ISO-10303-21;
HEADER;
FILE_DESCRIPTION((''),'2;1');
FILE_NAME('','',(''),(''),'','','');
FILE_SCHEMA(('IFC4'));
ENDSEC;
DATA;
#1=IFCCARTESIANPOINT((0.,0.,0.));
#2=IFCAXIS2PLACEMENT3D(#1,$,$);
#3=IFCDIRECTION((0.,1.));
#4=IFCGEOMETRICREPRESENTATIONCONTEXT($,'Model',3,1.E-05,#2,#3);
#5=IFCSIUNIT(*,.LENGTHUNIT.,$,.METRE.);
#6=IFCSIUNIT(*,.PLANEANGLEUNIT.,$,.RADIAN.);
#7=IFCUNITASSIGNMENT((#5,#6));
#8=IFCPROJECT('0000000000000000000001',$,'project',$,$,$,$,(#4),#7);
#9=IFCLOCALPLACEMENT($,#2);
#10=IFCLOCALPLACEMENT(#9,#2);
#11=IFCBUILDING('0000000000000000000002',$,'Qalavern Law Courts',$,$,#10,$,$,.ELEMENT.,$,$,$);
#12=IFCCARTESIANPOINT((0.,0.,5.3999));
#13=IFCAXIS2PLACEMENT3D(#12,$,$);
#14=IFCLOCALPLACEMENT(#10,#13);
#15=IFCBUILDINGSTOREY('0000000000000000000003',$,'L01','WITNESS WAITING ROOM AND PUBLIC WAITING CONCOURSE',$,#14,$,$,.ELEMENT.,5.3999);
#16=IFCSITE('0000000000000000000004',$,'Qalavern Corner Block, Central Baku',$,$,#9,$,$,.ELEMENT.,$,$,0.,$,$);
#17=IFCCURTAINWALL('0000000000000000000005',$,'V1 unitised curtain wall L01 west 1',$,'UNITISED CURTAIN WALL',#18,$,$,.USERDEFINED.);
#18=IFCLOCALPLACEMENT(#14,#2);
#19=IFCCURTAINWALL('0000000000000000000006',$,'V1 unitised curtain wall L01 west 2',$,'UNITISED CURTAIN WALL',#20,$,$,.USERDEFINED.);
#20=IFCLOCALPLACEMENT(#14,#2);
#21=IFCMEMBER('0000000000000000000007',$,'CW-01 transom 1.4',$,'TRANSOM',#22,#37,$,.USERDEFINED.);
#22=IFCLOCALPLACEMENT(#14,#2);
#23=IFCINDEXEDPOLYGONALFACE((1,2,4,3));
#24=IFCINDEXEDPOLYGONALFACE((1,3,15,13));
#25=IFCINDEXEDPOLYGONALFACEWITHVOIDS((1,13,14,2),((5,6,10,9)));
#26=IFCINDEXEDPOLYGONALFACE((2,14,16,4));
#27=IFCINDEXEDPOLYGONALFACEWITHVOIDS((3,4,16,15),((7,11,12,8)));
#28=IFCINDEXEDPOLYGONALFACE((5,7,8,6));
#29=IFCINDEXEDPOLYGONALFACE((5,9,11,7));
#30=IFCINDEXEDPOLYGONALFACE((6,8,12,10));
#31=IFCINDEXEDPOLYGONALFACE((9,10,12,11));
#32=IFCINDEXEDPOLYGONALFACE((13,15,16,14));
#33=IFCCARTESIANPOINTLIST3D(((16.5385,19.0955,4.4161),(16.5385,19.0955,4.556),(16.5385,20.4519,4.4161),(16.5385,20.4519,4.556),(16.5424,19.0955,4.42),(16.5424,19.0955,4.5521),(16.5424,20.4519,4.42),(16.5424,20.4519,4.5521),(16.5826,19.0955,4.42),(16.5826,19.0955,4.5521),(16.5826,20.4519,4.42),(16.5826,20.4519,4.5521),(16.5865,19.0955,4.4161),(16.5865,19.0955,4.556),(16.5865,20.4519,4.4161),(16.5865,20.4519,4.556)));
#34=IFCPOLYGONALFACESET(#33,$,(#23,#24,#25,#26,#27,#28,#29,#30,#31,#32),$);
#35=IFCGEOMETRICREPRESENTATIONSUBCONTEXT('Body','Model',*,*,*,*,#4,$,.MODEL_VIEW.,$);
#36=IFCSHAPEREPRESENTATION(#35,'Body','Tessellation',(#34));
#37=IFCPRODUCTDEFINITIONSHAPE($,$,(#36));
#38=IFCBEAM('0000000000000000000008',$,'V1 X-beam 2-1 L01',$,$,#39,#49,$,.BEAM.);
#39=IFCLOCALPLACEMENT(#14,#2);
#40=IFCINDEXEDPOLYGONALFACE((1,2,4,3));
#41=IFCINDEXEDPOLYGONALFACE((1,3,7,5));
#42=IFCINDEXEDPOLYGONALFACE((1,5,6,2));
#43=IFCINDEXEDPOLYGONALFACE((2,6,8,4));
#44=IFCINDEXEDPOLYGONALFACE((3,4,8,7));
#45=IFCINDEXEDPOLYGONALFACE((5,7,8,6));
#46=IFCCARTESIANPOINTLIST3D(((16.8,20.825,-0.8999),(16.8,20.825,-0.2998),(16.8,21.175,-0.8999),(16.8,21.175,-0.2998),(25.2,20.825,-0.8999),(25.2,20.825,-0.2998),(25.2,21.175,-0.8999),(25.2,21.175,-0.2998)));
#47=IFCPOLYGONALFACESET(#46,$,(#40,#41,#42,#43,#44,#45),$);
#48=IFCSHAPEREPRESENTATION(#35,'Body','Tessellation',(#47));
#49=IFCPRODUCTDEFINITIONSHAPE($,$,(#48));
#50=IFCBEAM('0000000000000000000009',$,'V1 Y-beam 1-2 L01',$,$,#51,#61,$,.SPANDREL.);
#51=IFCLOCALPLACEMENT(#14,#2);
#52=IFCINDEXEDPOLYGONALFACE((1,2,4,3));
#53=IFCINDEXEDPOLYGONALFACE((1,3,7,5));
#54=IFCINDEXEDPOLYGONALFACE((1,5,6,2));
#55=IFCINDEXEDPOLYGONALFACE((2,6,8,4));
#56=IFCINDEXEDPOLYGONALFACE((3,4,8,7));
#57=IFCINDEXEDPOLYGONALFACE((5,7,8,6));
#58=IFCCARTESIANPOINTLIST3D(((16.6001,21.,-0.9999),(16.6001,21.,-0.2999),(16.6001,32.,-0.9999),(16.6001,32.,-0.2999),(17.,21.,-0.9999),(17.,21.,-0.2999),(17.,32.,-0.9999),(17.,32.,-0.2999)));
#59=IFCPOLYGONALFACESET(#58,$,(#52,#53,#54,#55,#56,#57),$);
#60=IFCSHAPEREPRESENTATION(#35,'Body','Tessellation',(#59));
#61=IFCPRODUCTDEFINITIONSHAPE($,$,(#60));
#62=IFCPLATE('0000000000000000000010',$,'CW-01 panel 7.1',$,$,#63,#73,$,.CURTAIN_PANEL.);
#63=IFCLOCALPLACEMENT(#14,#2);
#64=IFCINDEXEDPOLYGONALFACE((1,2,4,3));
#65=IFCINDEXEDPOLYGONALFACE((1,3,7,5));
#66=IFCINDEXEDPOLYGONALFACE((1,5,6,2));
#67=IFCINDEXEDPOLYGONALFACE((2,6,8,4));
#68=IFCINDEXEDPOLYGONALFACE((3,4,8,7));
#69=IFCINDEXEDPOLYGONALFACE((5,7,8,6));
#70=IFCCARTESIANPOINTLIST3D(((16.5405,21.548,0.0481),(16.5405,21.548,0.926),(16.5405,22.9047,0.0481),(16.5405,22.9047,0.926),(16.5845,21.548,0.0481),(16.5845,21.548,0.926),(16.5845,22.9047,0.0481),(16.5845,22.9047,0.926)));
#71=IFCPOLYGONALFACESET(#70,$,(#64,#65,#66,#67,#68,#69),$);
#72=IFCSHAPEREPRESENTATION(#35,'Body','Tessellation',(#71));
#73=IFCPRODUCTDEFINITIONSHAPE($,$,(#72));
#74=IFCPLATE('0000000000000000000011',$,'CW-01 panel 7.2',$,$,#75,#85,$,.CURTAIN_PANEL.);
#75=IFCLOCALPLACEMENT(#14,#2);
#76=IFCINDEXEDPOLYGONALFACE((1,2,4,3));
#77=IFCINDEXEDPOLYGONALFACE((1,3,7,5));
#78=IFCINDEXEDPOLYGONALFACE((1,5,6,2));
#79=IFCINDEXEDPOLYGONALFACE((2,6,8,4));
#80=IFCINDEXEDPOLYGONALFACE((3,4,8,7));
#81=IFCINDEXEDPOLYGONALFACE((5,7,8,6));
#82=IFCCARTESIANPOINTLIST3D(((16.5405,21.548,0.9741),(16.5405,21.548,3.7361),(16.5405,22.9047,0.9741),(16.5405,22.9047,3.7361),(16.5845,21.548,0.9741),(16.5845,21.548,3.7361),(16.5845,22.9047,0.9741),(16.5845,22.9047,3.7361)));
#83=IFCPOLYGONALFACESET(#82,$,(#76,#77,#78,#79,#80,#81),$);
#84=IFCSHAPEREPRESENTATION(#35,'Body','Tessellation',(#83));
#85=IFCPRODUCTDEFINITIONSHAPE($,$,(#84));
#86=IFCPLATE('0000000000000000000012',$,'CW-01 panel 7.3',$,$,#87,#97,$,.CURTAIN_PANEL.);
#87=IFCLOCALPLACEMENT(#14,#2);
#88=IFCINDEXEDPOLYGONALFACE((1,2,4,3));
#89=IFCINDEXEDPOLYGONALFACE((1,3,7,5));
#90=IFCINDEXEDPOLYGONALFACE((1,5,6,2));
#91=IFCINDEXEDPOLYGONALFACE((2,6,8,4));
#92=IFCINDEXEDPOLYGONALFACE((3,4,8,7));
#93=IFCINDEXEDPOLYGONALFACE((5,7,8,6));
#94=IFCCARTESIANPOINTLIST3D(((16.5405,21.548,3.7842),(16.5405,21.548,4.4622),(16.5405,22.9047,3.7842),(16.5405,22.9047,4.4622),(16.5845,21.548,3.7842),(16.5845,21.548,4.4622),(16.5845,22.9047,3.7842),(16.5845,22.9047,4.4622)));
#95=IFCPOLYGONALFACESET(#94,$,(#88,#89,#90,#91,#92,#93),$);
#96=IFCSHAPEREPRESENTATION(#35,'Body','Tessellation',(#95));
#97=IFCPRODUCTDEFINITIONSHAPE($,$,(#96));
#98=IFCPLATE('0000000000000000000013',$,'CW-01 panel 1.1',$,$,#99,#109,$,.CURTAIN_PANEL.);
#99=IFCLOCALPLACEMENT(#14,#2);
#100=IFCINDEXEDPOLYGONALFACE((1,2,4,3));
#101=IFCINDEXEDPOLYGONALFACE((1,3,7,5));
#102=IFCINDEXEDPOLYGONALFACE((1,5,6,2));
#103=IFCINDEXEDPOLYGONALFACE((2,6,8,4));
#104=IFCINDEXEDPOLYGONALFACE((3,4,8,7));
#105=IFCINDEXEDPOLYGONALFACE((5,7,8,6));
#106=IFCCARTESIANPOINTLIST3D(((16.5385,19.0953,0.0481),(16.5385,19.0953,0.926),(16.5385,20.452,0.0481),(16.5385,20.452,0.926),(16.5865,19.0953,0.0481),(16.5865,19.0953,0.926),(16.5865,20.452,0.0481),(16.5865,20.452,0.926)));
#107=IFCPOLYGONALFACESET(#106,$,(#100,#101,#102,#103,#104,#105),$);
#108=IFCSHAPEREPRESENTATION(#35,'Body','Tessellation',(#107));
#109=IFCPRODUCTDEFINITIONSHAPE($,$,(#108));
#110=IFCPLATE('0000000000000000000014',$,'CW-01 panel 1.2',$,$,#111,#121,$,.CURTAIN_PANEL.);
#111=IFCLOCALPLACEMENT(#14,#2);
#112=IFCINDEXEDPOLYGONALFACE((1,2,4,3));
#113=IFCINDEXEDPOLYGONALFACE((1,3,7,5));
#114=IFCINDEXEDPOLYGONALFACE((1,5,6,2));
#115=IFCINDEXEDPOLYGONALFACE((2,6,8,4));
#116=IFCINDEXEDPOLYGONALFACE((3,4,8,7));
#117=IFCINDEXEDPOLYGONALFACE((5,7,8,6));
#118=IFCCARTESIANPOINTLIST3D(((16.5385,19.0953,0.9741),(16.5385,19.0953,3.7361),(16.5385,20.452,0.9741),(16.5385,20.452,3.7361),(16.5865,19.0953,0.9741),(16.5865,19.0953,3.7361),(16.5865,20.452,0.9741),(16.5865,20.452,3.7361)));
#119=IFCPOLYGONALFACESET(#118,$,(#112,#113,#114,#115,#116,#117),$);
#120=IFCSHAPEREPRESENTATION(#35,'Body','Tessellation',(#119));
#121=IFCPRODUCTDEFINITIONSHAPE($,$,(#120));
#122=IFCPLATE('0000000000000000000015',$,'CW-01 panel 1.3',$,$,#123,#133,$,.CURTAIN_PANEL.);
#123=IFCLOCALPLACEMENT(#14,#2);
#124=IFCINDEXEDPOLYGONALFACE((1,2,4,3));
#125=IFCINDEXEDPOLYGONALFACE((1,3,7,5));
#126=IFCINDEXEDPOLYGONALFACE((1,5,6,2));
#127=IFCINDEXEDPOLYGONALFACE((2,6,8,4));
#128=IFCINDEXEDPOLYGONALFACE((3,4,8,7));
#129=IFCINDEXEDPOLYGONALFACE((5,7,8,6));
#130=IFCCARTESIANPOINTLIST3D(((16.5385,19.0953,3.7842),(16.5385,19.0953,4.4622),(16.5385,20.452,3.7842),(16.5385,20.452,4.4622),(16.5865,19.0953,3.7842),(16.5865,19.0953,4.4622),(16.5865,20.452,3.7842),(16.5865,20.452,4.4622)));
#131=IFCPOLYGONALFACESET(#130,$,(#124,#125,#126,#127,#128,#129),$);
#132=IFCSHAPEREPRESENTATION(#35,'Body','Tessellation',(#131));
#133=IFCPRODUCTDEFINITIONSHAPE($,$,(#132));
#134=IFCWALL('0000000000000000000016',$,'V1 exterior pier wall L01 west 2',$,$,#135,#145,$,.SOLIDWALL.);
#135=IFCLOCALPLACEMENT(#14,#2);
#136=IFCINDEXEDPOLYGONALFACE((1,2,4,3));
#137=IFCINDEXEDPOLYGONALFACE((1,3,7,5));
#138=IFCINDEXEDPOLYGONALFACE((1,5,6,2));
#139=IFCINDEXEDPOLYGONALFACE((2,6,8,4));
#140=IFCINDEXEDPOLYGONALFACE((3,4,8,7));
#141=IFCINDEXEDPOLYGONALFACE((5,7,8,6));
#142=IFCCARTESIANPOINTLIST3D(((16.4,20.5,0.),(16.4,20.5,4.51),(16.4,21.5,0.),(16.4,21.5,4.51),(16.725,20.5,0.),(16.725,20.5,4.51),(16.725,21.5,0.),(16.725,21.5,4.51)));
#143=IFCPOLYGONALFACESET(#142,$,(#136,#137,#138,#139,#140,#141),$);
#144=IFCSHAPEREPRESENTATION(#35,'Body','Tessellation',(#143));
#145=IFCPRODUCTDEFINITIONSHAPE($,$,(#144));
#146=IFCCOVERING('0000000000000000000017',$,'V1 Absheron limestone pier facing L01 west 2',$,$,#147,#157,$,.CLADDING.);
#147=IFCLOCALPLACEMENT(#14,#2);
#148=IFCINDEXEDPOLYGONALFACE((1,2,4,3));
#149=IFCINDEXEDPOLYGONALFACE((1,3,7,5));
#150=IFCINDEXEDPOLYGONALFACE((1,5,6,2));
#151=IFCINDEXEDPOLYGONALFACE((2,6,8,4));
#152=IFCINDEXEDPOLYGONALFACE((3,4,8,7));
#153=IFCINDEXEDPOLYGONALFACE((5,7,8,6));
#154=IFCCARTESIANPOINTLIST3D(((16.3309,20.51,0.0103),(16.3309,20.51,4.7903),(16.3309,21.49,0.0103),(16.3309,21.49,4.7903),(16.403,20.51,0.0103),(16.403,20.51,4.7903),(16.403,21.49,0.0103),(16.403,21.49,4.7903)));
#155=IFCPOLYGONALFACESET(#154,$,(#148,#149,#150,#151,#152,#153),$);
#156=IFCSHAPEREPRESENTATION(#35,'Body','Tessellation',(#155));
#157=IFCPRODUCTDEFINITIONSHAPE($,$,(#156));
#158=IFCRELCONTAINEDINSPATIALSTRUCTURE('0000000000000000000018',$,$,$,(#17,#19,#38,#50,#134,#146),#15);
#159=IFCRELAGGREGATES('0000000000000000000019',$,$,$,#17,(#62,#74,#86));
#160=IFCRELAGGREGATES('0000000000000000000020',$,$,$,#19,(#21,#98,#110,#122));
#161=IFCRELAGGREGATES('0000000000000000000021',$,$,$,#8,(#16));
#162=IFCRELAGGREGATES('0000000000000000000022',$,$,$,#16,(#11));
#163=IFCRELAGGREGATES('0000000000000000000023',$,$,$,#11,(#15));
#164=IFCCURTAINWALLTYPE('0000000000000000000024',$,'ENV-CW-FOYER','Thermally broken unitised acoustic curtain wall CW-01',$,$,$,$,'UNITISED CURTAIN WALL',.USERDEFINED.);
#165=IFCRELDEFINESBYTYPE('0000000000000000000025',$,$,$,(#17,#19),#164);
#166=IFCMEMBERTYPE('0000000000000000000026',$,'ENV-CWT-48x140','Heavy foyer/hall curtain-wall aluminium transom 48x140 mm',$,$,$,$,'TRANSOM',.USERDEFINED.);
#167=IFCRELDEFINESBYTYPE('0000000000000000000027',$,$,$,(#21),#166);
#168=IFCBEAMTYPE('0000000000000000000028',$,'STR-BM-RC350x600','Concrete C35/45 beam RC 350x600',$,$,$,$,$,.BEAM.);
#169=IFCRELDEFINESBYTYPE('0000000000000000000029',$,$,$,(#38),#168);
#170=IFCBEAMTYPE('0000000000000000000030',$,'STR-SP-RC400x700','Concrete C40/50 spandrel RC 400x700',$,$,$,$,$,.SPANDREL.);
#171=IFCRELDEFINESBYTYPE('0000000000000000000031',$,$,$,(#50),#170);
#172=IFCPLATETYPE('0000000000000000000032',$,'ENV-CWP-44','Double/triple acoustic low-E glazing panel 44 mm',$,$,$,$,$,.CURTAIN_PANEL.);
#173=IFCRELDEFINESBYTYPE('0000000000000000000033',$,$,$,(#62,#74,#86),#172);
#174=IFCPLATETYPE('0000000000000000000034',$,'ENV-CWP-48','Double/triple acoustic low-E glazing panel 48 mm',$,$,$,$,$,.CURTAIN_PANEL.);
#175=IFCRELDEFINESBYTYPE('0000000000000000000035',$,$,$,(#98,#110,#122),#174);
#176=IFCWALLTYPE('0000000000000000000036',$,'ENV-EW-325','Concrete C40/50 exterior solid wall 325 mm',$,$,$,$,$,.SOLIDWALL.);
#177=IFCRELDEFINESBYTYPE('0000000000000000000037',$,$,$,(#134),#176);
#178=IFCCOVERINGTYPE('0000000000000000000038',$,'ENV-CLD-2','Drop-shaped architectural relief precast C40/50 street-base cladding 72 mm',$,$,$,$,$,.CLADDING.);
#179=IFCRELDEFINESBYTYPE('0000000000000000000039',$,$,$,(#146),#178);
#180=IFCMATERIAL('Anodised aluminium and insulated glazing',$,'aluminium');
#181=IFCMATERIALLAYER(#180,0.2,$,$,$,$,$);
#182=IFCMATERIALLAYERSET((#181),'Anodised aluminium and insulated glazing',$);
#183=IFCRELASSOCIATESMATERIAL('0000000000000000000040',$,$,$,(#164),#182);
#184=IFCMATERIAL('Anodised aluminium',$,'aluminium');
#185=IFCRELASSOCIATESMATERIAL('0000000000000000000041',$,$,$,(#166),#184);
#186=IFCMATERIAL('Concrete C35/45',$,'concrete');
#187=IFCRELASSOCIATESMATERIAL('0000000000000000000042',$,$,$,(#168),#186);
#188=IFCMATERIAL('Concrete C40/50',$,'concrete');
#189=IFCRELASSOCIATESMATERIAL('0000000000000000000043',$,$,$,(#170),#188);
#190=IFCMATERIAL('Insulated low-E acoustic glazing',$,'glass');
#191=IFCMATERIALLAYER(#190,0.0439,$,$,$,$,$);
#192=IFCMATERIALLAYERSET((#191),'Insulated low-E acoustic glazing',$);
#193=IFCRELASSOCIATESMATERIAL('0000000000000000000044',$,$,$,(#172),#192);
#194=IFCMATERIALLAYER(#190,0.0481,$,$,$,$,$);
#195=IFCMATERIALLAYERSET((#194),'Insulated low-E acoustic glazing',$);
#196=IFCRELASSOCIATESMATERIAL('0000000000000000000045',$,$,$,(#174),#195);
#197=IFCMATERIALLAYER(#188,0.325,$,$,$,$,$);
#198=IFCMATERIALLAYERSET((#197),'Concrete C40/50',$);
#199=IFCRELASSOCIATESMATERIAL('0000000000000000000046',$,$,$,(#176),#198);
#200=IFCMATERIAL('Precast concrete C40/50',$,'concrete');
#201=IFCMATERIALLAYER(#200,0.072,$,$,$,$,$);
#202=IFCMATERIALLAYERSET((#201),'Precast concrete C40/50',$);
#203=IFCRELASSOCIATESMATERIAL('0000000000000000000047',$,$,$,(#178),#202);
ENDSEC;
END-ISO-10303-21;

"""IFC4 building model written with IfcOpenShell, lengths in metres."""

from ifc_helpers import new_model, si_unit, direction, frame, frame_2d, origin, origin_2d, place, context, subcontext, project, spatial, rectangle, hollow_rectangle, extrude, material, layer, layer_set, material_profile, profile_set, type_object, element, aggregate, save


model = new_model("IFC4")

# Units and contexts
model_context = context("Model", 3, precision=1e-05, world=origin(), true_north=direction((0.0, 1.0)))
body_context = subcontext(model_context, "Body", "Model", "MODEL_VIEW")
ifc_project = project(units=[si_unit("LENGTHUNIT", "METRE"), si_unit("PLANEANGLEUNIT", "RADIAN")], contexts=[model_context])

# Site, building, storey
site_placement = place(None, origin())
site = spatial("IfcSite", under=ifc_project, at=site_placement, Name="Qalavern Corner Block, Central Baku", CompositionType="ELEMENT", RefElevation=0.0)
building_placement = place(site_placement, origin())
building = spatial("IfcBuilding", under=site, at=building_placement, Name="Qalavern Law Courts", CompositionType="ELEMENT")
storey_placement = place(building_placement, frame((0.0, 0.0, 5.3999)))
storey = spatial("IfcBuildingStorey", under=building, at=storey_placement, Name="L01", Description="WITNESS WAITING ROOM AND PUBLIC WAITING CONCOURSE", CompositionType="ELEMENT", Elevation=5.3999)

# Curtain wall
ifc_material_1 = material(Name="Anodised aluminium and insulated glazing", Category="aluminium")
ifc_layer_1 = layer(ifc_material_1, 0.2)
ifc_layer_set_1 = layer_set([ifc_layer_1], Name="Anodised aluminium and insulated glazing")
curtain_wall_type = type_object("IfcCurtainWallType", Name="ENV-CW-FOYER", Description="Thermally broken unitised acoustic curtain wall CW-01", ElementType="UNITISED CURTAIN WALL", PredefinedType="USERDEFINED", material=ifc_layer_set_1)
curtain_wall_1_placement = place(storey_placement, origin())
curtain_wall_1 = element("IfcCurtainWall", 1, at=curtain_wall_1_placement, inside=storey, type_object=curtain_wall_type, Name="V1 unitised curtain wall L01 west 1", ObjectType="UNITISED CURTAIN WALL", PredefinedType="USERDEFINED")
ifc_material_2 = material(Name="Anodised aluminium", Category="aluminium")

# Curtain wall
curtain_wall_2_placement = place(storey_placement, origin())
curtain_wall_2 = element("IfcCurtainWall", 2, at=curtain_wall_2_placement, inside=storey, type_object=curtain_wall_type, Name="V1 unitised curtain wall L01 west 2", ObjectType="UNITISED CURTAIN WALL", PredefinedType="USERDEFINED")

# Member
ifc_material_profile_1 = material_profile(ifc_material_2, hollow_rectangle(XDim=0.0481, YDim=0.1399, WallThickness=0.0039, at=origin_2d()), Name="ALU TRANSOM 48x140")
ifc_profile_set_1 = profile_set([ifc_material_profile_1], Name="Anodised aluminium")
member_type_1 = type_object("IfcMemberType", Name="ENV-CWT-48x140", Description="Heavy foyer/hall curtain-wall aluminium transom 48x140 mm", ElementType="TRANSOM", PredefinedType="USERDEFINED", material=ifc_profile_set_1)
member_1_placement = place(storey_placement, frame((16.5625, 20.4519, 4.4861), z_axis=(0.0, -1.0, 0.0), x_axis=(1.0, 0.0, 0.0)))
member_1 = element("IfcMember", 3, at=member_1_placement, type_object=member_type_1, Name="CW-01 transom 1.4", ObjectType="TRANSOM", PredefinedType="USERDEFINED", context=body_context, shape_type="SweptSolid", body=[
    extrude(hollow_rectangle(XDim=0.0481, YDim=0.1399, WallThickness=0.0039, at=origin_2d()), origin(), (0.0, 0.0, 1.0), 1.3564),
])

# Beams
ifc_material_3 = material(Name="Concrete C35/45", Category="concrete")
ifc_material_profile_2 = material_profile(ifc_material_3, rectangle(XDim=0.3501, YDim=0.6001, at=origin_2d()), Name="RC 350x600")
ifc_profile_set_2 = profile_set([ifc_material_profile_2], Name="Concrete C35/45")
beam_type_1 = type_object("IfcBeamType", Name="STR-BM-RC350x600", Description="Concrete C35/45 beam RC 350x600", PredefinedType="BEAM", material=ifc_profile_set_2)
beam_1_placement = place(storey_placement, frame((16.8, 21.0, -0.5999), z_axis=(1.0, 0.0, 0.0), x_axis=(0.0, 1.0, 0.0)))
element("IfcBeam", 4, at=beam_1_placement, inside=storey, type_object=beam_type_1, Name="V1 X-beam 2-1 L01", PredefinedType="BEAM", context=body_context, shape_type="SweptSolid", body=[
    extrude(rectangle(XDim=0.3501, YDim=0.6001, at=origin_2d()), origin(), (0.0, 0.0, 1.0), 8.3999),
])
ifc_material_4 = material(Name="Concrete C40/50", Category="concrete")
ifc_material_profile_3 = material_profile(ifc_material_4, rectangle(XDim=0.3999, YDim=0.7, at=origin_2d()), Name="RC 400x700")
ifc_profile_set_3 = profile_set([ifc_material_profile_3], Name="Concrete C40/50")
beam_type_2 = type_object("IfcBeamType", Name="STR-SP-RC400x700", Description="Concrete C40/50 spandrel RC 400x700", PredefinedType="SPANDREL", material=ifc_profile_set_3)
beam_2_placement = place(storey_placement, frame((16.8, 21.0, -0.6499), z_axis=(0.0, 1.0, 0.0), x_axis=(-1.0, 0.0, 0.0)))
element("IfcBeam", 5, at=beam_2_placement, inside=storey, type_object=beam_type_2, Name="V1 Y-beam 1-2 L01", PredefinedType="SPANDREL", context=body_context, shape_type="SweptSolid", body=[
    extrude(rectangle(XDim=0.3999, YDim=0.7, at=origin_2d()), origin(), (0.0, 0.0, 1.0), 11.0),
])

# Plates
ifc_material_5 = material(Name="Insulated low-E acoustic glazing", Category="glass")
ifc_layer_2 = layer(ifc_material_5, 0.0439)
ifc_layer_set_2 = layer_set([ifc_layer_2], Name="Insulated low-E acoustic glazing")
plate_type_1 = type_object("IfcPlateType", Name="ENV-CWP-44", Description="Double/triple acoustic low-E glazing panel 44 mm", PredefinedType="CURTAIN_PANEL", material=ifc_layer_set_2)
plate_1_placement = place(storey_placement, frame((16.5625, 22.2263, 0.0481), z_axis=(0.0, 0.0, 1.0), x_axis=(0.0, -1.0, 0.0)))
plate_1 = element("IfcPlate", 6, at=plate_1_placement, type_object=plate_type_1, Name="CW-01 panel 7.1", PredefinedType="CURTAIN_PANEL", context=body_context, shape_type="SweptSolid", body=[
    extrude(rectangle(XDim=1.3567, YDim=0.0439, at=origin_2d()), origin(), (0.0, 0.0, 1.0), 0.8779),
])
plate_2_placement = place(storey_placement, frame((16.5625, 22.2263, 0.9741), z_axis=(0.0, 0.0, 1.0), x_axis=(0.0, -1.0, 0.0)))
plate_2 = element("IfcPlate", 7, at=plate_2_placement, type_object=plate_type_1, Name="CW-01 panel 7.2", PredefinedType="CURTAIN_PANEL", context=body_context, shape_type="SweptSolid", body=[
    extrude(rectangle(XDim=1.3567, YDim=0.0439, at=origin_2d()), origin(), (0.0, 0.0, 1.0), 2.762),
])
plate_3_placement = place(storey_placement, frame((16.5625, 22.2263, 3.7842), z_axis=(0.0, 0.0, 1.0), x_axis=(0.0, -1.0, 0.0)))
plate_3 = element("IfcPlate", 8, at=plate_3_placement, type_object=plate_type_1, Name="CW-01 panel 7.3", PredefinedType="CURTAIN_PANEL", context=body_context, shape_type="SweptSolid", body=[
    extrude(rectangle(XDim=1.3567, YDim=0.0439, at=origin_2d()), origin(), (0.0, 0.0, 1.0), 0.678),
])
aggregate(curtain_wall_1, [plate_1, plate_2, plate_3])
ifc_layer_3 = layer(ifc_material_5, 0.0481)
ifc_layer_set_3 = layer_set([ifc_layer_3], Name="Insulated low-E acoustic glazing")
plate_type_2 = type_object("IfcPlateType", Name="ENV-CWP-48", Description="Double/triple acoustic low-E glazing panel 48 mm", PredefinedType="CURTAIN_PANEL", material=ifc_layer_set_3)
plate_4_placement = place(storey_placement, frame((16.5625, 19.7737, 0.0481), z_axis=(0.0, 0.0, 1.0), x_axis=(0.0, -1.0, 0.0)))
plate_4 = element("IfcPlate", 9, at=plate_4_placement, type_object=plate_type_2, Name="CW-01 panel 1.1", PredefinedType="CURTAIN_PANEL", context=body_context, shape_type="SweptSolid", body=[
    extrude(rectangle(XDim=1.3567, YDim=0.0481, at=origin_2d()), origin(), (0.0, 0.0, 1.0), 0.8779),
])
plate_5_placement = place(storey_placement, frame((16.5625, 19.7737, 0.9741), z_axis=(0.0, 0.0, 1.0), x_axis=(0.0, -1.0, 0.0)))
plate_5 = element("IfcPlate", 10, at=plate_5_placement, type_object=plate_type_2, Name="CW-01 panel 1.2", PredefinedType="CURTAIN_PANEL", context=body_context, shape_type="SweptSolid", body=[
    extrude(rectangle(XDim=1.3567, YDim=0.0481, at=origin_2d()), origin(), (0.0, 0.0, 1.0), 2.762),
])
plate_6_placement = place(storey_placement, frame((16.5625, 19.7737, 3.7842), z_axis=(0.0, 0.0, 1.0), x_axis=(0.0, -1.0, 0.0)))
plate_6 = element("IfcPlate", 11, at=plate_6_placement, type_object=plate_type_2, Name="CW-01 panel 1.3", PredefinedType="CURTAIN_PANEL", context=body_context, shape_type="SweptSolid", body=[
    extrude(rectangle(XDim=1.3567, YDim=0.0481, at=origin_2d()), origin(), (0.0, 0.0, 1.0), 0.678),
])
aggregate(curtain_wall_2, [member_1, plate_4, plate_5, plate_6])

# Wall
ifc_layer_4 = layer(ifc_material_4, 0.325)
ifc_layer_set_4 = layer_set([ifc_layer_4], Name="Concrete C40/50")
wall_type = type_object("IfcWallType", Name="ENV-EW-325", Description="Concrete C40/50 exterior solid wall 325 mm", PredefinedType="SOLIDWALL", material=ifc_layer_set_4)
wall_placement = place(storey_placement, frame((16.5625, 21.5, 0.0), z_axis=(0.0, 0.0, 1.0), x_axis=(0.0, -1.0, 0.0)))
element("IfcWall", 12, at=wall_placement, inside=storey, type_object=wall_type, Name="V1 exterior pier wall L01 west 2", PredefinedType="SOLIDWALL", context=body_context, shape_type="SweptSolid", body=[
    extrude(rectangle(XDim=1.0, YDim=0.325, at=frame_2d((0.5, 0.0))), origin(), (0.0, 0.0, 1.0), 4.51),
])

# Covering
ifc_material_6 = material(Name="Precast concrete C40/50", Category="concrete")
ifc_layer_5 = layer(ifc_material_6, 0.072)
ifc_layer_set_5 = layer_set([ifc_layer_5], Name="Precast concrete C40/50")
covering_type = type_object("IfcCoveringType", Name="ENV-CLD-2", Description="Drop-shaped architectural relief precast C40/50 street-base cladding 72 mm", PredefinedType="CLADDING", material=ifc_layer_set_5)
covering_placement = place(storey_placement, frame((16.3669, 21.0, 0.0103), z_axis=(0.0, 0.0, 1.0), x_axis=(0.0, -1.0, 0.0)))
element("IfcCovering", 13, at=covering_placement, inside=storey, type_object=covering_type, Name="V1 Absheron limestone pier facing L01 west 2", PredefinedType="CLADDING", context=body_context, shape_type="SweptSolid", body=[
    extrude(rectangle(XDim=0.98, YDim=0.072, at=origin_2d()), origin(), (0.0, 0.0, 1.0), 4.78),
])

save(model, "model.ifc")
